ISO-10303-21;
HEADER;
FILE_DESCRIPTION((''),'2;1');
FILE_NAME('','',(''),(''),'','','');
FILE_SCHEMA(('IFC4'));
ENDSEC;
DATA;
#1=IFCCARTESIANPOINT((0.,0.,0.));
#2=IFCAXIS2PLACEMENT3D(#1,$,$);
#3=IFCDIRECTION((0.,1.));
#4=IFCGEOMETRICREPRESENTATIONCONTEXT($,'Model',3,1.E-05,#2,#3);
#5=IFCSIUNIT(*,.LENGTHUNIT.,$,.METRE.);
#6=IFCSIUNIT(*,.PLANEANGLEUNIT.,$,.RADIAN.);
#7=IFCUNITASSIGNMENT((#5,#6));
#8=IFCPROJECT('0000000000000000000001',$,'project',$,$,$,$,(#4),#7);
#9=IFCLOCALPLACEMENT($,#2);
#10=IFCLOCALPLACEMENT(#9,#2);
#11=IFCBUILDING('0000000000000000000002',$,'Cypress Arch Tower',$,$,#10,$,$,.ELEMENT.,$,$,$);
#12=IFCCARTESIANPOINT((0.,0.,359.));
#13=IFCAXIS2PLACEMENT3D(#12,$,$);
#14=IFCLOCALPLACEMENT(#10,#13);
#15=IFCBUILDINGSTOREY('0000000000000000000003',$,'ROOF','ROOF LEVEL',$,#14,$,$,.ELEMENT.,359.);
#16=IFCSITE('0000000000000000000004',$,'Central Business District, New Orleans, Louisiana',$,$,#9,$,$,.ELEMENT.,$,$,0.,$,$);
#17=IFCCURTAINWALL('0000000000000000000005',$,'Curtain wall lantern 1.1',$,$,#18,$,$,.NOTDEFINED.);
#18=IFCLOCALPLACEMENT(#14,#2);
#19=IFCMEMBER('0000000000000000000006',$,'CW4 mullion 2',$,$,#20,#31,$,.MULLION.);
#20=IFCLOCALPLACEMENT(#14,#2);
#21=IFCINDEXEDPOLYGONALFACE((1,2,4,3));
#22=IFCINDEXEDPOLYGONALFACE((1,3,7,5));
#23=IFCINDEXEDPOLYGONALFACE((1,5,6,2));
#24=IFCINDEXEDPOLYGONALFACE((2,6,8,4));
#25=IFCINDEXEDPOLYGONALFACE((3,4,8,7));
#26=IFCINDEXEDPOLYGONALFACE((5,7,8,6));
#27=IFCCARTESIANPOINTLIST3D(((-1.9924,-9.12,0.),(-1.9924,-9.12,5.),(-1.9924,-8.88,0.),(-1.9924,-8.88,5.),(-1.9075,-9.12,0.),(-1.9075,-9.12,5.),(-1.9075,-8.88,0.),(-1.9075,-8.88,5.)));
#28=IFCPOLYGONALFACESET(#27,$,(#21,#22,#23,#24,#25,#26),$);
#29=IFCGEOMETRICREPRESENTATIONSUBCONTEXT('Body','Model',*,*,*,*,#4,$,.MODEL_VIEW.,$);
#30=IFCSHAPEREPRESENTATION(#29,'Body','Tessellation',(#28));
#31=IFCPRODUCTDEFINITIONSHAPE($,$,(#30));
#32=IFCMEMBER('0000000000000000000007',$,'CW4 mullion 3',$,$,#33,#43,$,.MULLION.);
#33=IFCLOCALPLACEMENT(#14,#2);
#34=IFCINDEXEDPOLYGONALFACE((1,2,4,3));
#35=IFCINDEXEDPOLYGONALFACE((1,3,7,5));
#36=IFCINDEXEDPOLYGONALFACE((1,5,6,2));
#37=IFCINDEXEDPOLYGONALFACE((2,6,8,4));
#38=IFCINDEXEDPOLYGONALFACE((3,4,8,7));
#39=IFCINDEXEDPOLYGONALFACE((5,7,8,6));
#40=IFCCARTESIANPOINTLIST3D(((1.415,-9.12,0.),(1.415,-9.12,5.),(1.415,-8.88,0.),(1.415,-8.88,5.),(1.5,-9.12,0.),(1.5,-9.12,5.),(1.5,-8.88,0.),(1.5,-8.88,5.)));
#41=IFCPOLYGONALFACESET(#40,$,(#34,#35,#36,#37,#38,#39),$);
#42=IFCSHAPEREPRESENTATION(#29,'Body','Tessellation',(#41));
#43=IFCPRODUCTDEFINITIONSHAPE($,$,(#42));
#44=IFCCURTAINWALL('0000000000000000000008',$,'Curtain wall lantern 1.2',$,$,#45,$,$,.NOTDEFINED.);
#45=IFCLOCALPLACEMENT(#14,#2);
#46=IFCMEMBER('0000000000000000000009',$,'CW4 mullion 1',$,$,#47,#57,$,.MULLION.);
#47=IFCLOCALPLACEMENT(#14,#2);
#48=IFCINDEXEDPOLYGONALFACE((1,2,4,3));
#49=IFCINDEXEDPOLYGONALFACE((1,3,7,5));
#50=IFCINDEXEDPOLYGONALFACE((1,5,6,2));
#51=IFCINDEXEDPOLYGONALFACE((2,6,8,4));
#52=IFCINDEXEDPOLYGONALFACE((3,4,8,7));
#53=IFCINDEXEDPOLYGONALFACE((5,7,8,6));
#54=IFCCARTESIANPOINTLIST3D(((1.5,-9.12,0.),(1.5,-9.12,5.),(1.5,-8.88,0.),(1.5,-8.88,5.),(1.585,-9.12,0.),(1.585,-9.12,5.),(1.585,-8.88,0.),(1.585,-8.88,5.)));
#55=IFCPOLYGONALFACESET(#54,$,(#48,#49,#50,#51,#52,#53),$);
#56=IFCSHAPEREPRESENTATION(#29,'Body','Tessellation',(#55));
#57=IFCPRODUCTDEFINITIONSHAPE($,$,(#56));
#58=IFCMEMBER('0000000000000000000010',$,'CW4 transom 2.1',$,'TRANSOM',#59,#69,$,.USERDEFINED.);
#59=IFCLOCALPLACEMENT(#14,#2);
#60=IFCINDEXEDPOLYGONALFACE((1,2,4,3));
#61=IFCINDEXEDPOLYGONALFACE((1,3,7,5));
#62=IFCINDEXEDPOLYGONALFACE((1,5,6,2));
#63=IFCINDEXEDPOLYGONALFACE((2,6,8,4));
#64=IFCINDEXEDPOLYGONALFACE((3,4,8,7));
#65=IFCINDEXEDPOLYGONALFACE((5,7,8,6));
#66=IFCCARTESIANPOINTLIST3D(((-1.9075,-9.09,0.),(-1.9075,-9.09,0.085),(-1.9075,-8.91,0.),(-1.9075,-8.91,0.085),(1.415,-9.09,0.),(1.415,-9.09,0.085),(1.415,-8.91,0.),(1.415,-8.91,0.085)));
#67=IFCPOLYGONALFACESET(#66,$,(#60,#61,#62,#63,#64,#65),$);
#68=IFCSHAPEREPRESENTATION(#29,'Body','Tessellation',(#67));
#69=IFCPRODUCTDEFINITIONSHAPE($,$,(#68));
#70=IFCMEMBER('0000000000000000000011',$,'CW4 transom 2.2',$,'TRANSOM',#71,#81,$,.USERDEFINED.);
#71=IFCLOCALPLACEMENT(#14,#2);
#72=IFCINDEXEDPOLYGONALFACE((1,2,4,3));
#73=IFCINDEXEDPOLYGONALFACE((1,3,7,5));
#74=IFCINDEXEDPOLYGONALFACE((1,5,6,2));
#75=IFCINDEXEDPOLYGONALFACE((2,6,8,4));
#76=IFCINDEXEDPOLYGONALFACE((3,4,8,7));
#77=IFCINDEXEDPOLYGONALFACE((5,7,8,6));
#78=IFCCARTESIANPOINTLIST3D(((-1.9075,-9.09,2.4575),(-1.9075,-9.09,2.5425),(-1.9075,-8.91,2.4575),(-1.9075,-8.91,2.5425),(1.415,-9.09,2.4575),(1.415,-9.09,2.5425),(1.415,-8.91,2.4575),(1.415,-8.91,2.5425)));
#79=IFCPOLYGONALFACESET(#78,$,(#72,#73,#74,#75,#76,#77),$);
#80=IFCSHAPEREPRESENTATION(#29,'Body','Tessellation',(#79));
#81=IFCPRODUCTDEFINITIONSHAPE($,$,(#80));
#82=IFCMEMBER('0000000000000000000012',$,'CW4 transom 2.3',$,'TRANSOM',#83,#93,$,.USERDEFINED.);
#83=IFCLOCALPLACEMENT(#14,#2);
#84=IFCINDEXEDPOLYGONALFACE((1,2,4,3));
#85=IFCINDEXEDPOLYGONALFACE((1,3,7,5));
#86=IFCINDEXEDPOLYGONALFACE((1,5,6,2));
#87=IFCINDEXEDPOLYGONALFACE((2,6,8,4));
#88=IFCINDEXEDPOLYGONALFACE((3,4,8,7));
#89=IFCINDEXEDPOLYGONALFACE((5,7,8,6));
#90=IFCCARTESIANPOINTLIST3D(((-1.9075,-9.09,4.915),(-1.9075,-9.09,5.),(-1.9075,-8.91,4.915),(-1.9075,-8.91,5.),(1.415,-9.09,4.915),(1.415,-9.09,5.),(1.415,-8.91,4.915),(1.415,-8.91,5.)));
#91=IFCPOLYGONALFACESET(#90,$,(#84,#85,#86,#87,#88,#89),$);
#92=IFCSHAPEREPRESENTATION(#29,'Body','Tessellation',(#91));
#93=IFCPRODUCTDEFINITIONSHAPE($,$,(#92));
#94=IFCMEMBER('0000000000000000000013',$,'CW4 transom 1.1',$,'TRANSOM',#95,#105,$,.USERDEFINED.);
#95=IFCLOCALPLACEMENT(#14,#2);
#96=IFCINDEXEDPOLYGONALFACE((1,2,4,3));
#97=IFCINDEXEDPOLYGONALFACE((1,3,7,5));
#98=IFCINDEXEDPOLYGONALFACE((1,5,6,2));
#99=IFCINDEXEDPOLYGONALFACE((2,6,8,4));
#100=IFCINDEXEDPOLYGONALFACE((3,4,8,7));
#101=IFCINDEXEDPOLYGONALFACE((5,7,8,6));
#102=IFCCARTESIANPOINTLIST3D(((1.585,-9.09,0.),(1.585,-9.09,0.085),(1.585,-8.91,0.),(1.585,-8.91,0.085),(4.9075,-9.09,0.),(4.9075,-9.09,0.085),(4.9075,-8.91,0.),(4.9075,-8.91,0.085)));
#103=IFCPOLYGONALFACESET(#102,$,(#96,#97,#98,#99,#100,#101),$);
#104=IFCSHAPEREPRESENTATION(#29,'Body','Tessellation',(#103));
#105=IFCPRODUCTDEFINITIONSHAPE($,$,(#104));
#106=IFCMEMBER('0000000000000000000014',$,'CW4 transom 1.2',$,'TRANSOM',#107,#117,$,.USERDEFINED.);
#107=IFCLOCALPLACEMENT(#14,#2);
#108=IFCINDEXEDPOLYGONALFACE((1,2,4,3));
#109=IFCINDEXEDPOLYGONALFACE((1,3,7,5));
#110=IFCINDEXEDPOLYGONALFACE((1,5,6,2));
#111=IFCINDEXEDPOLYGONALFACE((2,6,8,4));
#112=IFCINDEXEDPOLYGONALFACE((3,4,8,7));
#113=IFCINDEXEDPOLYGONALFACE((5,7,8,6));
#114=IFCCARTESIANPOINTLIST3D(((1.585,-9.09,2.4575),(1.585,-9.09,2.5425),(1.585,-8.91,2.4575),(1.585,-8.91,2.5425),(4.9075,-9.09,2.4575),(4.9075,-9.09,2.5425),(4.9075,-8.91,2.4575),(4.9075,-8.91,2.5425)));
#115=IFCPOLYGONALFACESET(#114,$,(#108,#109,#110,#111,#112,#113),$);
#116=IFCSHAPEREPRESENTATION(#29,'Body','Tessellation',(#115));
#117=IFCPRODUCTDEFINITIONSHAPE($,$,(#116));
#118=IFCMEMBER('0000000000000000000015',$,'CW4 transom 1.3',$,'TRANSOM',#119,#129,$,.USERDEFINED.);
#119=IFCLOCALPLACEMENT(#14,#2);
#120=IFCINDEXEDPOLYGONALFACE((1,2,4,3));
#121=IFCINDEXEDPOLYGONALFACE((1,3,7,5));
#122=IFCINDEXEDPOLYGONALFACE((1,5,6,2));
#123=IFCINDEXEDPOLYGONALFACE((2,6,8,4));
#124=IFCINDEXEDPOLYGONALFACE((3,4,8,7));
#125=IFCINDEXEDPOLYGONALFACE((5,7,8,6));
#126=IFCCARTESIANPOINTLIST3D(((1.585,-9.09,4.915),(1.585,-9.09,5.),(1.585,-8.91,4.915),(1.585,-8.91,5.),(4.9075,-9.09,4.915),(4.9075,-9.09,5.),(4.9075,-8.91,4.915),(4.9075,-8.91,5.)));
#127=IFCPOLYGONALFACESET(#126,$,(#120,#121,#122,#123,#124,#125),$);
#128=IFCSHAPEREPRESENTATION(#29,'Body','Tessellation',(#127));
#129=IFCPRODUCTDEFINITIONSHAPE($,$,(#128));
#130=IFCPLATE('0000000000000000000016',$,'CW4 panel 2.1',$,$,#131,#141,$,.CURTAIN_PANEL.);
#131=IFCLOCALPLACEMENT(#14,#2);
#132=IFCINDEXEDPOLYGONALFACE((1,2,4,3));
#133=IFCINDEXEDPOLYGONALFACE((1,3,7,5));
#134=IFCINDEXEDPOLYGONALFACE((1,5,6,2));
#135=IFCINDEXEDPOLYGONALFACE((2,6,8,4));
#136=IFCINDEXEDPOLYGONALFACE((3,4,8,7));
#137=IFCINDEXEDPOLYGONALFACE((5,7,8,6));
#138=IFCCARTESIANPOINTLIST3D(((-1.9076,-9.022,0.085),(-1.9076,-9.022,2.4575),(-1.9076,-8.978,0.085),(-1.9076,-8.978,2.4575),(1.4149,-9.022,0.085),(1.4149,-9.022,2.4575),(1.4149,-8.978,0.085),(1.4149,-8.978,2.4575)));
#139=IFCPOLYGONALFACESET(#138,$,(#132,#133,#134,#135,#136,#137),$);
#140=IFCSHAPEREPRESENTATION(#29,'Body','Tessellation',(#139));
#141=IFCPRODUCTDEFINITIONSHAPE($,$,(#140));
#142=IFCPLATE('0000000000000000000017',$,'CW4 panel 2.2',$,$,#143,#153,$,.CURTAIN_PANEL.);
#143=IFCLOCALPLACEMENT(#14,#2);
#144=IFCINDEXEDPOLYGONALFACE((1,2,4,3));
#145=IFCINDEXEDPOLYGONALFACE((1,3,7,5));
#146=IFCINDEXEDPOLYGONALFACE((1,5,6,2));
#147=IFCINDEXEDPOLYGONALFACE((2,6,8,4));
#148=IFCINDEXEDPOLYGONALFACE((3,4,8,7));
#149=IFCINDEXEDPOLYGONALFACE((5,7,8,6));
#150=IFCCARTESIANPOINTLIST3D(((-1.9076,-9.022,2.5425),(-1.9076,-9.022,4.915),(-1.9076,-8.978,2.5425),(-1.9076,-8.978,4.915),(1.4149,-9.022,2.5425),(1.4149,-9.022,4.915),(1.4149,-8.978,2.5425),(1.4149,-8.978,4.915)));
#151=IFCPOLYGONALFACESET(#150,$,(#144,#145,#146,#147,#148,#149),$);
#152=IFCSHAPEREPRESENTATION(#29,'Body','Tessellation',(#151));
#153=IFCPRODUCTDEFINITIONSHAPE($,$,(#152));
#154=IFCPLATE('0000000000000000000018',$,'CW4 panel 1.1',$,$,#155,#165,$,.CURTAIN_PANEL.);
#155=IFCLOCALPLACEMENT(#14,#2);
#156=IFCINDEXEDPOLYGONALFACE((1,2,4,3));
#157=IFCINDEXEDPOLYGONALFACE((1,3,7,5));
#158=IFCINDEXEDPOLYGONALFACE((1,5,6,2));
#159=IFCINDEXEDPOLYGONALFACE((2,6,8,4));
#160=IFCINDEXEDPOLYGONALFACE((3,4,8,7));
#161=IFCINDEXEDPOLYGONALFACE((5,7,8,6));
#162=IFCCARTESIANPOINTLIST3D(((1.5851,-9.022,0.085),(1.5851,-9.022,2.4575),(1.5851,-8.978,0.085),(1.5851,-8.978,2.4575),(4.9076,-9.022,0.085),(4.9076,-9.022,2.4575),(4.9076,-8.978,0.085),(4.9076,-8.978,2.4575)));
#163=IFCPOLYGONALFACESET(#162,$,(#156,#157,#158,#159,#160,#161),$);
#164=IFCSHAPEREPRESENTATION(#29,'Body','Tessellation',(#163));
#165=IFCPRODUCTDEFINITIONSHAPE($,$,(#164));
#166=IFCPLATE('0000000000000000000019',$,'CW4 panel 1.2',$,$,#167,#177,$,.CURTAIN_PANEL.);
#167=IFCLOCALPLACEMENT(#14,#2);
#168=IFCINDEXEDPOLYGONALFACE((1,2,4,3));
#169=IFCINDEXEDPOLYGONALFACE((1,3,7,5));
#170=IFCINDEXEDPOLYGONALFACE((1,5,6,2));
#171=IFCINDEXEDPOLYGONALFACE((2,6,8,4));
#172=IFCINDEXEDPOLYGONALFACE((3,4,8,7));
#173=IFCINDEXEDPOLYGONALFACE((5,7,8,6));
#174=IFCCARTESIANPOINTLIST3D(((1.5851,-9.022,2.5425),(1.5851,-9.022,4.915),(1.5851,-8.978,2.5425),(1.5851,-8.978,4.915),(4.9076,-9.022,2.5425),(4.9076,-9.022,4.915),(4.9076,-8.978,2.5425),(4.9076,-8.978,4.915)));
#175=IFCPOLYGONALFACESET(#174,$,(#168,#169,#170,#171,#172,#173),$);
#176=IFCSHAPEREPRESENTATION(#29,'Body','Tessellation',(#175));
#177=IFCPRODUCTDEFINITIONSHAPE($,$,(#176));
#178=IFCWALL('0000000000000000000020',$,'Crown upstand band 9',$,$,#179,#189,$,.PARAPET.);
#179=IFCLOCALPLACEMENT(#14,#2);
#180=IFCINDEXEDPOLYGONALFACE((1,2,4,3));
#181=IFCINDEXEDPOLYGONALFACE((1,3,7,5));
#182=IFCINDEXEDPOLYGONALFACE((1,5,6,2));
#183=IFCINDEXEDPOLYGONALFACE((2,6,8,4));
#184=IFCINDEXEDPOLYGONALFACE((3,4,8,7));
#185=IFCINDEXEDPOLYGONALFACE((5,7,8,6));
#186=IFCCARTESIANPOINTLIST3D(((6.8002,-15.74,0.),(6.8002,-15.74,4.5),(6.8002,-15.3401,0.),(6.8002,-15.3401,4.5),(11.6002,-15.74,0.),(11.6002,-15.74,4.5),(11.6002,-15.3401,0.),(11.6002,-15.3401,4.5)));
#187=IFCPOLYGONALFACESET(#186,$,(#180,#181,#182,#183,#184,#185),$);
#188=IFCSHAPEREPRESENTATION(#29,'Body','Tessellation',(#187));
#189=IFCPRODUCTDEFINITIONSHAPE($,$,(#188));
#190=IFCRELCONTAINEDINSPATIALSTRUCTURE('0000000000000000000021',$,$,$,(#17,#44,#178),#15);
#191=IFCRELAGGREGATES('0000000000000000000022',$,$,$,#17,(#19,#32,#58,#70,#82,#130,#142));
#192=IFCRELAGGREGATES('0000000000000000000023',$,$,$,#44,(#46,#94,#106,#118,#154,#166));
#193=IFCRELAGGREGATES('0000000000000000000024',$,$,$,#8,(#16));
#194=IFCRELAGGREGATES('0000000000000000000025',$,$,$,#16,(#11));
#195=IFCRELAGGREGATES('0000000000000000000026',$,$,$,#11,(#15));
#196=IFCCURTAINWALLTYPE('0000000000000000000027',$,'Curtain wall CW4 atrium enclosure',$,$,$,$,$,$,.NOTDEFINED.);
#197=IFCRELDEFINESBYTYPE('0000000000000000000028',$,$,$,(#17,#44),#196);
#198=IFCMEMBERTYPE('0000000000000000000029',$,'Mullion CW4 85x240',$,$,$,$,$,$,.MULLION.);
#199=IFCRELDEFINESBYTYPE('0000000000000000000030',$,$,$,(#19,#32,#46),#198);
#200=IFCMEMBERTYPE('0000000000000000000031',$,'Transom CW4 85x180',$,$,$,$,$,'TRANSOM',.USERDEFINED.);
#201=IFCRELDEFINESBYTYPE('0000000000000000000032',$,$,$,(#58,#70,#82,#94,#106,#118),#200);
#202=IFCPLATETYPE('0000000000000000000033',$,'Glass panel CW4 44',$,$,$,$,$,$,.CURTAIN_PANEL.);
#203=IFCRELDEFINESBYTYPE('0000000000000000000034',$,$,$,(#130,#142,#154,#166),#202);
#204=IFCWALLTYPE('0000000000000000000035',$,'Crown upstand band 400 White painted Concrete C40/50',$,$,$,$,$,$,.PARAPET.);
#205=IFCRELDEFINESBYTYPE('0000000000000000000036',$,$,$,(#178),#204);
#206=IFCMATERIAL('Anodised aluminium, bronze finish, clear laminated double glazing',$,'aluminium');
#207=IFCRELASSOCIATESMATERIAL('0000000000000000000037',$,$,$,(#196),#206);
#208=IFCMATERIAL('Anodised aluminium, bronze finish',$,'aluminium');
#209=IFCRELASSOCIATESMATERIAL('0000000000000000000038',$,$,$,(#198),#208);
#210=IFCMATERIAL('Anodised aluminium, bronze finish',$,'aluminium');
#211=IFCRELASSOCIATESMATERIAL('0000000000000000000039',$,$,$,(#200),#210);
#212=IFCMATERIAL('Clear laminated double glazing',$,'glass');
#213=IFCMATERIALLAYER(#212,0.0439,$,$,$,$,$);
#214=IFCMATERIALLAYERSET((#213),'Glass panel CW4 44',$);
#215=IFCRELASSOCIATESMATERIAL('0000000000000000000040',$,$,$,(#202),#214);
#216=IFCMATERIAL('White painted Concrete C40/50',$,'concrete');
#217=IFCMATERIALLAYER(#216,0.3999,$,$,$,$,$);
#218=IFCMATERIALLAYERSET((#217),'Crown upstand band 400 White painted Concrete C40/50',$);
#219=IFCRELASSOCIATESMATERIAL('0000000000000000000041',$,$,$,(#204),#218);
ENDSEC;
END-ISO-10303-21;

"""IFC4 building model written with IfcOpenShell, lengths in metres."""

from ifc_helpers import new_model, si_unit, direction, frame, frame_2d, origin, origin_2d, place, context, subcontext, project, spatial, rectangle, extrude, material, layer, layer_set, material_profile, profile_set, type_object, element, aggregate, save


model = new_model("IFC4")

# Units and contexts
model_context = context("Model", 3, precision=1e-05, world=origin(), true_north=direction((0.0, 1.0)))
body_context = subcontext(model_context, "Body", "Model", "MODEL_VIEW")
ifc_project = project(units=[si_unit("LENGTHUNIT", "METRE"), si_unit("PLANEANGLEUNIT", "RADIAN")], contexts=[model_context])

# Site, building, storey
site_placement = place(None, origin())
site = spatial("IfcSite", under=ifc_project, at=site_placement, Name="Central Business District, New Orleans, Louisiana", CompositionType="ELEMENT", RefElevation=0.0)
building_placement = place(site_placement, origin())
building = spatial("IfcBuilding", under=site, at=building_placement, Name="Cypress Arch Tower", CompositionType="ELEMENT")
storey_placement = place(building_placement, frame((0.0, 0.0, 359.0)))
storey = spatial("IfcBuildingStorey", under=building, at=storey_placement, Name="ROOF", Description="ROOF LEVEL", CompositionType="ELEMENT", Elevation=359.0)

# Curtain wall, members
ifc_material_1 = material(Name="Anodised aluminium, bronze finish, clear laminated double glazing", Category="aluminium")
curtain_wall_type = type_object("IfcCurtainWallType", Name="Curtain wall CW4 atrium enclosure", PredefinedType="NOTDEFINED", material=ifc_material_1)
curtain_wall_1_placement = place(storey_placement, origin())
curtain_wall_1 = element("IfcCurtainWall", 1, at=curtain_wall_1_placement, inside=storey, type_object=curtain_wall_type, Name="Curtain wall lantern 1.1", PredefinedType="NOTDEFINED")
ifc_material_2 = material(Name="Anodised aluminium, bronze finish", Category="aluminium")
ifc_material_profile_1 = material_profile(ifc_material_2, rectangle(XDim=0.24, YDim=0.085, at=origin_2d()), Name="Mullion 85x240")
ifc_profile_set_1 = profile_set([ifc_material_profile_1], Name="Anodised aluminium, bronze finish")
member_type_1 = type_object("IfcMemberType", Name="Mullion CW4 85x240", PredefinedType="MULLION", material=ifc_profile_set_1)
member_1_placement = place(storey_placement, frame((-1.95, -9.0, 0.0), z_axis=(0.0, 0.0, 1.0), x_axis=(0.0, 1.0, 0.0)))
member_1 = element("IfcMember", 2, at=member_1_placement, type_object=member_type_1, Name="CW4 mullion 2", PredefinedType="MULLION", context=body_context, shape_type="SweptSolid", body=[
    extrude(rectangle(XDim=0.24, YDim=0.085, at=origin_2d()), origin(), (0.0, 0.0, 1.0), 5.0),
])
member_2_placement = place(storey_placement, frame((1.4575, -9.0, 0.0), z_axis=(0.0, 0.0, 1.0), x_axis=(0.0, 1.0, 0.0)))
member_2 = element("IfcMember", 3, at=member_2_placement, type_object=member_type_1, Name="CW4 mullion 3", PredefinedType="MULLION", context=body_context, shape_type="SweptSolid", body=[
    extrude(rectangle(XDim=0.24, YDim=0.085, at=origin_2d()), origin(), (0.0, 0.0, 1.0), 5.0),
])

# Curtain wall, member
curtain_wall_2_placement = place(storey_placement, origin())
curtain_wall_2 = element("IfcCurtainWall", 4, at=curtain_wall_2_placement, inside=storey, type_object=curtain_wall_type, Name="Curtain wall lantern 1.2", PredefinedType="NOTDEFINED")
member_3_placement = place(storey_placement, frame((1.5425, -9.0, 0.0), z_axis=(0.0, 0.0, 1.0), x_axis=(0.0, 1.0, 0.0)))
member_3 = element("IfcMember", 5, at=member_3_placement, type_object=member_type_1, Name="CW4 mullion 1", PredefinedType="MULLION", context=body_context, shape_type="SweptSolid", body=[
    extrude(rectangle(XDim=0.24, YDim=0.085, at=origin_2d()), origin(), (0.0, 0.0, 1.0), 5.0),
])

# Members
ifc_material_3 = material(Name="Anodised aluminium, bronze finish", Category="aluminium")
ifc_material_profile_2 = material_profile(ifc_material_3, rectangle(XDim=0.1799, YDim=0.085, at=origin_2d()), Name="Transom 85x180")
ifc_profile_set_2 = profile_set([ifc_material_profile_2], Name="Anodised aluminium, bronze finish")
member_type_2 = type_object("IfcMemberType", Name="Transom CW4 85x180", ElementType="TRANSOM", PredefinedType="USERDEFINED", material=ifc_profile_set_2)
member_4_placement = place(storey_placement, frame((-1.9075, -9.0, 0.0425), z_axis=(1.0, 0.0, 0.0), x_axis=(0.0, 1.0, 0.0)))
member_4 = element("IfcMember", 6, at=member_4_placement, type_object=member_type_2, Name="CW4 transom 2.1", ObjectType="TRANSOM", PredefinedType="USERDEFINED", context=body_context, shape_type="SweptSolid", body=[
    extrude(rectangle(XDim=0.1799, YDim=0.085, at=origin_2d()), origin(), (0.0, 0.0, 1.0), 3.3225),
])
member_5_placement = place(storey_placement, frame((-1.9075, -9.0, 2.5), z_axis=(1.0, 0.0, 0.0), x_axis=(0.0, 1.0, 0.0)))
member_5 = element("IfcMember", 7, at=member_5_placement, type_object=member_type_2, Name="CW4 transom 2.2", ObjectType="TRANSOM", PredefinedType="USERDEFINED", context=body_context, shape_type="SweptSolid", body=[
    extrude(rectangle(XDim=0.1799, YDim=0.085, at=origin_2d()), origin(), (0.0, 0.0, 1.0), 3.3225),
])
member_6_placement = place(storey_placement, frame((-1.9075, -9.0, 4.9575), z_axis=(1.0, 0.0, 0.0), x_axis=(0.0, 1.0, 0.0)))
member_6 = element("IfcMember", 8, at=member_6_placement, type_object=member_type_2, Name="CW4 transom 2.3", ObjectType="TRANSOM", PredefinedType="USERDEFINED", context=body_context, shape_type="SweptSolid", body=[
    extrude(rectangle(XDim=0.1799, YDim=0.085, at=origin_2d()), origin(), (0.0, 0.0, 1.0), 3.3225),
])
member_7_placement = place(storey_placement, frame((1.585, -9.0, 0.0425), z_axis=(1.0, 0.0, 0.0), x_axis=(0.0, 1.0, 0.0)))
member_7 = element("IfcMember", 9, at=member_7_placement, type_object=member_type_2, Name="CW4 transom 1.1", ObjectType="TRANSOM", PredefinedType="USERDEFINED", context=body_context, shape_type="SweptSolid", body=[
    extrude(rectangle(XDim=0.1799, YDim=0.085, at=origin_2d()), origin(), (0.0, 0.0, 1.0), 3.3225),
])
member_8_placement = place(storey_placement, frame((1.585, -9.0, 2.5), z_axis=(1.0, 0.0, 0.0), x_axis=(0.0, 1.0, 0.0)))
member_8 = element("IfcMember", 10, at=member_8_placement, type_object=member_type_2, Name="CW4 transom 1.2", ObjectType="TRANSOM", PredefinedType="USERDEFINED", context=body_context, shape_type="SweptSolid", body=[
    extrude(rectangle(XDim=0.1799, YDim=0.085, at=origin_2d()), origin(), (0.0, 0.0, 1.0), 3.3225),
])
member_9_placement = place(storey_placement, frame((1.585, -9.0, 4.9575), z_axis=(1.0, 0.0, 0.0), x_axis=(0.0, 1.0, 0.0)))
member_9 = element("IfcMember", 11, at=member_9_placement, type_object=member_type_2, Name="CW4 transom 1.3", ObjectType="TRANSOM", PredefinedType="USERDEFINED", context=body_context, shape_type="SweptSolid", body=[
    extrude(rectangle(XDim=0.1799, YDim=0.085, at=origin_2d()), origin(), (0.0, 0.0, 1.0), 3.3225),
])

# Plates
ifc_material_4 = material(Name="Clear laminated double glazing", Category="glass")
ifc_layer_1 = layer(ifc_material_4, 0.0439)
ifc_layer_set_1 = layer_set([ifc_layer_1], Name="Glass panel CW4 44")
plate_type = type_object("IfcPlateType", Name="Glass panel CW4 44", PredefinedType="CURTAIN_PANEL", material=ifc_layer_set_1)
plate_1_placement = place(storey_placement, frame((-0.2463, -9.0, 0.085), z_axis=(0.0, 0.0, 1.0), x_axis=(1.0, 0.0, 0.0)))
plate_1 = element("IfcPlate", 12, at=plate_1_placement, type_object=plate_type, Name="CW4 panel 2.1", PredefinedType="CURTAIN_PANEL", context=body_context, shape_type="SweptSolid", body=[
    extrude(rectangle(XDim=3.3225, YDim=0.0439, at=origin_2d()), origin(), (0.0, 0.0, 1.0), 2.3726),
])
plate_2_placement = place(storey_placement, frame((-0.2463, -9.0, 2.5425), z_axis=(0.0, 0.0, 1.0), x_axis=(1.0, 0.0, 0.0)))
plate_2 = element("IfcPlate", 13, at=plate_2_placement, type_object=plate_type, Name="CW4 panel 2.2", PredefinedType="CURTAIN_PANEL", context=body_context, shape_type="SweptSolid", body=[
    extrude(rectangle(XDim=3.3225, YDim=0.0439, at=origin_2d()), origin(), (0.0, 0.0, 1.0), 2.3726),
])
aggregate(curtain_wall_1, [member_1, member_2, member_4, member_5, member_6, plate_1, plate_2])
plate_3_placement = place(storey_placement, frame((3.2463, -9.0, 0.085), z_axis=(0.0, 0.0, 1.0), x_axis=(1.0, 0.0, 0.0)))
plate_3 = element("IfcPlate", 14, at=plate_3_placement, type_object=plate_type, Name="CW4 panel 1.1", PredefinedType="CURTAIN_PANEL", context=body_context, shape_type="SweptSolid", body=[
    extrude(rectangle(XDim=3.3225, YDim=0.0439, at=origin_2d()), origin(), (0.0, 0.0, 1.0), 2.3726),
])
plate_4_placement = place(storey_placement, frame((3.2463, -9.0, 2.5425), z_axis=(0.0, 0.0, 1.0), x_axis=(1.0, 0.0, 0.0)))
plate_4 = element("IfcPlate", 15, at=plate_4_placement, type_object=plate_type, Name="CW4 panel 1.2", PredefinedType="CURTAIN_PANEL", context=body_context, shape_type="SweptSolid", body=[
    extrude(rectangle(XDim=3.3225, YDim=0.0439, at=origin_2d()), origin(), (0.0, 0.0, 1.0), 2.3726),
])
aggregate(curtain_wall_2, [member_3, member_7, member_8, member_9, plate_3, plate_4])

# Wall
ifc_material_5 = material(Name="White painted Concrete C40/50", Category="concrete")
ifc_layer_2 = layer(ifc_material_5, 0.3999)
ifc_layer_set_2 = layer_set([ifc_layer_2], Name="Crown upstand band 400 White painted Concrete C40/50")
wall_type = type_object("IfcWallType", Name="Crown upstand band 400 White painted Concrete C40/50", PredefinedType="PARAPET", material=ifc_layer_set_2)
wall_1_placement = place(storey_placement, frame((11.6001, -15.54, 0.0), z_axis=(0.0, 0.0, 1.0), x_axis=(-1.0, 0.0, 0.0)))
element("IfcWall", 16, at=wall_1_placement, inside=storey, type_object=wall_type, Name="Crown upstand band 9", PredefinedType="PARAPET", context=body_context, shape_type="SweptSolid", body=[
    extrude(rectangle(XDim=4.8, YDim=0.3999, at=frame_2d((2.3999, 0.0))), origin(), (0.0, 0.0, 1.0), 4.5),
])

save(model, "model.ifc")
